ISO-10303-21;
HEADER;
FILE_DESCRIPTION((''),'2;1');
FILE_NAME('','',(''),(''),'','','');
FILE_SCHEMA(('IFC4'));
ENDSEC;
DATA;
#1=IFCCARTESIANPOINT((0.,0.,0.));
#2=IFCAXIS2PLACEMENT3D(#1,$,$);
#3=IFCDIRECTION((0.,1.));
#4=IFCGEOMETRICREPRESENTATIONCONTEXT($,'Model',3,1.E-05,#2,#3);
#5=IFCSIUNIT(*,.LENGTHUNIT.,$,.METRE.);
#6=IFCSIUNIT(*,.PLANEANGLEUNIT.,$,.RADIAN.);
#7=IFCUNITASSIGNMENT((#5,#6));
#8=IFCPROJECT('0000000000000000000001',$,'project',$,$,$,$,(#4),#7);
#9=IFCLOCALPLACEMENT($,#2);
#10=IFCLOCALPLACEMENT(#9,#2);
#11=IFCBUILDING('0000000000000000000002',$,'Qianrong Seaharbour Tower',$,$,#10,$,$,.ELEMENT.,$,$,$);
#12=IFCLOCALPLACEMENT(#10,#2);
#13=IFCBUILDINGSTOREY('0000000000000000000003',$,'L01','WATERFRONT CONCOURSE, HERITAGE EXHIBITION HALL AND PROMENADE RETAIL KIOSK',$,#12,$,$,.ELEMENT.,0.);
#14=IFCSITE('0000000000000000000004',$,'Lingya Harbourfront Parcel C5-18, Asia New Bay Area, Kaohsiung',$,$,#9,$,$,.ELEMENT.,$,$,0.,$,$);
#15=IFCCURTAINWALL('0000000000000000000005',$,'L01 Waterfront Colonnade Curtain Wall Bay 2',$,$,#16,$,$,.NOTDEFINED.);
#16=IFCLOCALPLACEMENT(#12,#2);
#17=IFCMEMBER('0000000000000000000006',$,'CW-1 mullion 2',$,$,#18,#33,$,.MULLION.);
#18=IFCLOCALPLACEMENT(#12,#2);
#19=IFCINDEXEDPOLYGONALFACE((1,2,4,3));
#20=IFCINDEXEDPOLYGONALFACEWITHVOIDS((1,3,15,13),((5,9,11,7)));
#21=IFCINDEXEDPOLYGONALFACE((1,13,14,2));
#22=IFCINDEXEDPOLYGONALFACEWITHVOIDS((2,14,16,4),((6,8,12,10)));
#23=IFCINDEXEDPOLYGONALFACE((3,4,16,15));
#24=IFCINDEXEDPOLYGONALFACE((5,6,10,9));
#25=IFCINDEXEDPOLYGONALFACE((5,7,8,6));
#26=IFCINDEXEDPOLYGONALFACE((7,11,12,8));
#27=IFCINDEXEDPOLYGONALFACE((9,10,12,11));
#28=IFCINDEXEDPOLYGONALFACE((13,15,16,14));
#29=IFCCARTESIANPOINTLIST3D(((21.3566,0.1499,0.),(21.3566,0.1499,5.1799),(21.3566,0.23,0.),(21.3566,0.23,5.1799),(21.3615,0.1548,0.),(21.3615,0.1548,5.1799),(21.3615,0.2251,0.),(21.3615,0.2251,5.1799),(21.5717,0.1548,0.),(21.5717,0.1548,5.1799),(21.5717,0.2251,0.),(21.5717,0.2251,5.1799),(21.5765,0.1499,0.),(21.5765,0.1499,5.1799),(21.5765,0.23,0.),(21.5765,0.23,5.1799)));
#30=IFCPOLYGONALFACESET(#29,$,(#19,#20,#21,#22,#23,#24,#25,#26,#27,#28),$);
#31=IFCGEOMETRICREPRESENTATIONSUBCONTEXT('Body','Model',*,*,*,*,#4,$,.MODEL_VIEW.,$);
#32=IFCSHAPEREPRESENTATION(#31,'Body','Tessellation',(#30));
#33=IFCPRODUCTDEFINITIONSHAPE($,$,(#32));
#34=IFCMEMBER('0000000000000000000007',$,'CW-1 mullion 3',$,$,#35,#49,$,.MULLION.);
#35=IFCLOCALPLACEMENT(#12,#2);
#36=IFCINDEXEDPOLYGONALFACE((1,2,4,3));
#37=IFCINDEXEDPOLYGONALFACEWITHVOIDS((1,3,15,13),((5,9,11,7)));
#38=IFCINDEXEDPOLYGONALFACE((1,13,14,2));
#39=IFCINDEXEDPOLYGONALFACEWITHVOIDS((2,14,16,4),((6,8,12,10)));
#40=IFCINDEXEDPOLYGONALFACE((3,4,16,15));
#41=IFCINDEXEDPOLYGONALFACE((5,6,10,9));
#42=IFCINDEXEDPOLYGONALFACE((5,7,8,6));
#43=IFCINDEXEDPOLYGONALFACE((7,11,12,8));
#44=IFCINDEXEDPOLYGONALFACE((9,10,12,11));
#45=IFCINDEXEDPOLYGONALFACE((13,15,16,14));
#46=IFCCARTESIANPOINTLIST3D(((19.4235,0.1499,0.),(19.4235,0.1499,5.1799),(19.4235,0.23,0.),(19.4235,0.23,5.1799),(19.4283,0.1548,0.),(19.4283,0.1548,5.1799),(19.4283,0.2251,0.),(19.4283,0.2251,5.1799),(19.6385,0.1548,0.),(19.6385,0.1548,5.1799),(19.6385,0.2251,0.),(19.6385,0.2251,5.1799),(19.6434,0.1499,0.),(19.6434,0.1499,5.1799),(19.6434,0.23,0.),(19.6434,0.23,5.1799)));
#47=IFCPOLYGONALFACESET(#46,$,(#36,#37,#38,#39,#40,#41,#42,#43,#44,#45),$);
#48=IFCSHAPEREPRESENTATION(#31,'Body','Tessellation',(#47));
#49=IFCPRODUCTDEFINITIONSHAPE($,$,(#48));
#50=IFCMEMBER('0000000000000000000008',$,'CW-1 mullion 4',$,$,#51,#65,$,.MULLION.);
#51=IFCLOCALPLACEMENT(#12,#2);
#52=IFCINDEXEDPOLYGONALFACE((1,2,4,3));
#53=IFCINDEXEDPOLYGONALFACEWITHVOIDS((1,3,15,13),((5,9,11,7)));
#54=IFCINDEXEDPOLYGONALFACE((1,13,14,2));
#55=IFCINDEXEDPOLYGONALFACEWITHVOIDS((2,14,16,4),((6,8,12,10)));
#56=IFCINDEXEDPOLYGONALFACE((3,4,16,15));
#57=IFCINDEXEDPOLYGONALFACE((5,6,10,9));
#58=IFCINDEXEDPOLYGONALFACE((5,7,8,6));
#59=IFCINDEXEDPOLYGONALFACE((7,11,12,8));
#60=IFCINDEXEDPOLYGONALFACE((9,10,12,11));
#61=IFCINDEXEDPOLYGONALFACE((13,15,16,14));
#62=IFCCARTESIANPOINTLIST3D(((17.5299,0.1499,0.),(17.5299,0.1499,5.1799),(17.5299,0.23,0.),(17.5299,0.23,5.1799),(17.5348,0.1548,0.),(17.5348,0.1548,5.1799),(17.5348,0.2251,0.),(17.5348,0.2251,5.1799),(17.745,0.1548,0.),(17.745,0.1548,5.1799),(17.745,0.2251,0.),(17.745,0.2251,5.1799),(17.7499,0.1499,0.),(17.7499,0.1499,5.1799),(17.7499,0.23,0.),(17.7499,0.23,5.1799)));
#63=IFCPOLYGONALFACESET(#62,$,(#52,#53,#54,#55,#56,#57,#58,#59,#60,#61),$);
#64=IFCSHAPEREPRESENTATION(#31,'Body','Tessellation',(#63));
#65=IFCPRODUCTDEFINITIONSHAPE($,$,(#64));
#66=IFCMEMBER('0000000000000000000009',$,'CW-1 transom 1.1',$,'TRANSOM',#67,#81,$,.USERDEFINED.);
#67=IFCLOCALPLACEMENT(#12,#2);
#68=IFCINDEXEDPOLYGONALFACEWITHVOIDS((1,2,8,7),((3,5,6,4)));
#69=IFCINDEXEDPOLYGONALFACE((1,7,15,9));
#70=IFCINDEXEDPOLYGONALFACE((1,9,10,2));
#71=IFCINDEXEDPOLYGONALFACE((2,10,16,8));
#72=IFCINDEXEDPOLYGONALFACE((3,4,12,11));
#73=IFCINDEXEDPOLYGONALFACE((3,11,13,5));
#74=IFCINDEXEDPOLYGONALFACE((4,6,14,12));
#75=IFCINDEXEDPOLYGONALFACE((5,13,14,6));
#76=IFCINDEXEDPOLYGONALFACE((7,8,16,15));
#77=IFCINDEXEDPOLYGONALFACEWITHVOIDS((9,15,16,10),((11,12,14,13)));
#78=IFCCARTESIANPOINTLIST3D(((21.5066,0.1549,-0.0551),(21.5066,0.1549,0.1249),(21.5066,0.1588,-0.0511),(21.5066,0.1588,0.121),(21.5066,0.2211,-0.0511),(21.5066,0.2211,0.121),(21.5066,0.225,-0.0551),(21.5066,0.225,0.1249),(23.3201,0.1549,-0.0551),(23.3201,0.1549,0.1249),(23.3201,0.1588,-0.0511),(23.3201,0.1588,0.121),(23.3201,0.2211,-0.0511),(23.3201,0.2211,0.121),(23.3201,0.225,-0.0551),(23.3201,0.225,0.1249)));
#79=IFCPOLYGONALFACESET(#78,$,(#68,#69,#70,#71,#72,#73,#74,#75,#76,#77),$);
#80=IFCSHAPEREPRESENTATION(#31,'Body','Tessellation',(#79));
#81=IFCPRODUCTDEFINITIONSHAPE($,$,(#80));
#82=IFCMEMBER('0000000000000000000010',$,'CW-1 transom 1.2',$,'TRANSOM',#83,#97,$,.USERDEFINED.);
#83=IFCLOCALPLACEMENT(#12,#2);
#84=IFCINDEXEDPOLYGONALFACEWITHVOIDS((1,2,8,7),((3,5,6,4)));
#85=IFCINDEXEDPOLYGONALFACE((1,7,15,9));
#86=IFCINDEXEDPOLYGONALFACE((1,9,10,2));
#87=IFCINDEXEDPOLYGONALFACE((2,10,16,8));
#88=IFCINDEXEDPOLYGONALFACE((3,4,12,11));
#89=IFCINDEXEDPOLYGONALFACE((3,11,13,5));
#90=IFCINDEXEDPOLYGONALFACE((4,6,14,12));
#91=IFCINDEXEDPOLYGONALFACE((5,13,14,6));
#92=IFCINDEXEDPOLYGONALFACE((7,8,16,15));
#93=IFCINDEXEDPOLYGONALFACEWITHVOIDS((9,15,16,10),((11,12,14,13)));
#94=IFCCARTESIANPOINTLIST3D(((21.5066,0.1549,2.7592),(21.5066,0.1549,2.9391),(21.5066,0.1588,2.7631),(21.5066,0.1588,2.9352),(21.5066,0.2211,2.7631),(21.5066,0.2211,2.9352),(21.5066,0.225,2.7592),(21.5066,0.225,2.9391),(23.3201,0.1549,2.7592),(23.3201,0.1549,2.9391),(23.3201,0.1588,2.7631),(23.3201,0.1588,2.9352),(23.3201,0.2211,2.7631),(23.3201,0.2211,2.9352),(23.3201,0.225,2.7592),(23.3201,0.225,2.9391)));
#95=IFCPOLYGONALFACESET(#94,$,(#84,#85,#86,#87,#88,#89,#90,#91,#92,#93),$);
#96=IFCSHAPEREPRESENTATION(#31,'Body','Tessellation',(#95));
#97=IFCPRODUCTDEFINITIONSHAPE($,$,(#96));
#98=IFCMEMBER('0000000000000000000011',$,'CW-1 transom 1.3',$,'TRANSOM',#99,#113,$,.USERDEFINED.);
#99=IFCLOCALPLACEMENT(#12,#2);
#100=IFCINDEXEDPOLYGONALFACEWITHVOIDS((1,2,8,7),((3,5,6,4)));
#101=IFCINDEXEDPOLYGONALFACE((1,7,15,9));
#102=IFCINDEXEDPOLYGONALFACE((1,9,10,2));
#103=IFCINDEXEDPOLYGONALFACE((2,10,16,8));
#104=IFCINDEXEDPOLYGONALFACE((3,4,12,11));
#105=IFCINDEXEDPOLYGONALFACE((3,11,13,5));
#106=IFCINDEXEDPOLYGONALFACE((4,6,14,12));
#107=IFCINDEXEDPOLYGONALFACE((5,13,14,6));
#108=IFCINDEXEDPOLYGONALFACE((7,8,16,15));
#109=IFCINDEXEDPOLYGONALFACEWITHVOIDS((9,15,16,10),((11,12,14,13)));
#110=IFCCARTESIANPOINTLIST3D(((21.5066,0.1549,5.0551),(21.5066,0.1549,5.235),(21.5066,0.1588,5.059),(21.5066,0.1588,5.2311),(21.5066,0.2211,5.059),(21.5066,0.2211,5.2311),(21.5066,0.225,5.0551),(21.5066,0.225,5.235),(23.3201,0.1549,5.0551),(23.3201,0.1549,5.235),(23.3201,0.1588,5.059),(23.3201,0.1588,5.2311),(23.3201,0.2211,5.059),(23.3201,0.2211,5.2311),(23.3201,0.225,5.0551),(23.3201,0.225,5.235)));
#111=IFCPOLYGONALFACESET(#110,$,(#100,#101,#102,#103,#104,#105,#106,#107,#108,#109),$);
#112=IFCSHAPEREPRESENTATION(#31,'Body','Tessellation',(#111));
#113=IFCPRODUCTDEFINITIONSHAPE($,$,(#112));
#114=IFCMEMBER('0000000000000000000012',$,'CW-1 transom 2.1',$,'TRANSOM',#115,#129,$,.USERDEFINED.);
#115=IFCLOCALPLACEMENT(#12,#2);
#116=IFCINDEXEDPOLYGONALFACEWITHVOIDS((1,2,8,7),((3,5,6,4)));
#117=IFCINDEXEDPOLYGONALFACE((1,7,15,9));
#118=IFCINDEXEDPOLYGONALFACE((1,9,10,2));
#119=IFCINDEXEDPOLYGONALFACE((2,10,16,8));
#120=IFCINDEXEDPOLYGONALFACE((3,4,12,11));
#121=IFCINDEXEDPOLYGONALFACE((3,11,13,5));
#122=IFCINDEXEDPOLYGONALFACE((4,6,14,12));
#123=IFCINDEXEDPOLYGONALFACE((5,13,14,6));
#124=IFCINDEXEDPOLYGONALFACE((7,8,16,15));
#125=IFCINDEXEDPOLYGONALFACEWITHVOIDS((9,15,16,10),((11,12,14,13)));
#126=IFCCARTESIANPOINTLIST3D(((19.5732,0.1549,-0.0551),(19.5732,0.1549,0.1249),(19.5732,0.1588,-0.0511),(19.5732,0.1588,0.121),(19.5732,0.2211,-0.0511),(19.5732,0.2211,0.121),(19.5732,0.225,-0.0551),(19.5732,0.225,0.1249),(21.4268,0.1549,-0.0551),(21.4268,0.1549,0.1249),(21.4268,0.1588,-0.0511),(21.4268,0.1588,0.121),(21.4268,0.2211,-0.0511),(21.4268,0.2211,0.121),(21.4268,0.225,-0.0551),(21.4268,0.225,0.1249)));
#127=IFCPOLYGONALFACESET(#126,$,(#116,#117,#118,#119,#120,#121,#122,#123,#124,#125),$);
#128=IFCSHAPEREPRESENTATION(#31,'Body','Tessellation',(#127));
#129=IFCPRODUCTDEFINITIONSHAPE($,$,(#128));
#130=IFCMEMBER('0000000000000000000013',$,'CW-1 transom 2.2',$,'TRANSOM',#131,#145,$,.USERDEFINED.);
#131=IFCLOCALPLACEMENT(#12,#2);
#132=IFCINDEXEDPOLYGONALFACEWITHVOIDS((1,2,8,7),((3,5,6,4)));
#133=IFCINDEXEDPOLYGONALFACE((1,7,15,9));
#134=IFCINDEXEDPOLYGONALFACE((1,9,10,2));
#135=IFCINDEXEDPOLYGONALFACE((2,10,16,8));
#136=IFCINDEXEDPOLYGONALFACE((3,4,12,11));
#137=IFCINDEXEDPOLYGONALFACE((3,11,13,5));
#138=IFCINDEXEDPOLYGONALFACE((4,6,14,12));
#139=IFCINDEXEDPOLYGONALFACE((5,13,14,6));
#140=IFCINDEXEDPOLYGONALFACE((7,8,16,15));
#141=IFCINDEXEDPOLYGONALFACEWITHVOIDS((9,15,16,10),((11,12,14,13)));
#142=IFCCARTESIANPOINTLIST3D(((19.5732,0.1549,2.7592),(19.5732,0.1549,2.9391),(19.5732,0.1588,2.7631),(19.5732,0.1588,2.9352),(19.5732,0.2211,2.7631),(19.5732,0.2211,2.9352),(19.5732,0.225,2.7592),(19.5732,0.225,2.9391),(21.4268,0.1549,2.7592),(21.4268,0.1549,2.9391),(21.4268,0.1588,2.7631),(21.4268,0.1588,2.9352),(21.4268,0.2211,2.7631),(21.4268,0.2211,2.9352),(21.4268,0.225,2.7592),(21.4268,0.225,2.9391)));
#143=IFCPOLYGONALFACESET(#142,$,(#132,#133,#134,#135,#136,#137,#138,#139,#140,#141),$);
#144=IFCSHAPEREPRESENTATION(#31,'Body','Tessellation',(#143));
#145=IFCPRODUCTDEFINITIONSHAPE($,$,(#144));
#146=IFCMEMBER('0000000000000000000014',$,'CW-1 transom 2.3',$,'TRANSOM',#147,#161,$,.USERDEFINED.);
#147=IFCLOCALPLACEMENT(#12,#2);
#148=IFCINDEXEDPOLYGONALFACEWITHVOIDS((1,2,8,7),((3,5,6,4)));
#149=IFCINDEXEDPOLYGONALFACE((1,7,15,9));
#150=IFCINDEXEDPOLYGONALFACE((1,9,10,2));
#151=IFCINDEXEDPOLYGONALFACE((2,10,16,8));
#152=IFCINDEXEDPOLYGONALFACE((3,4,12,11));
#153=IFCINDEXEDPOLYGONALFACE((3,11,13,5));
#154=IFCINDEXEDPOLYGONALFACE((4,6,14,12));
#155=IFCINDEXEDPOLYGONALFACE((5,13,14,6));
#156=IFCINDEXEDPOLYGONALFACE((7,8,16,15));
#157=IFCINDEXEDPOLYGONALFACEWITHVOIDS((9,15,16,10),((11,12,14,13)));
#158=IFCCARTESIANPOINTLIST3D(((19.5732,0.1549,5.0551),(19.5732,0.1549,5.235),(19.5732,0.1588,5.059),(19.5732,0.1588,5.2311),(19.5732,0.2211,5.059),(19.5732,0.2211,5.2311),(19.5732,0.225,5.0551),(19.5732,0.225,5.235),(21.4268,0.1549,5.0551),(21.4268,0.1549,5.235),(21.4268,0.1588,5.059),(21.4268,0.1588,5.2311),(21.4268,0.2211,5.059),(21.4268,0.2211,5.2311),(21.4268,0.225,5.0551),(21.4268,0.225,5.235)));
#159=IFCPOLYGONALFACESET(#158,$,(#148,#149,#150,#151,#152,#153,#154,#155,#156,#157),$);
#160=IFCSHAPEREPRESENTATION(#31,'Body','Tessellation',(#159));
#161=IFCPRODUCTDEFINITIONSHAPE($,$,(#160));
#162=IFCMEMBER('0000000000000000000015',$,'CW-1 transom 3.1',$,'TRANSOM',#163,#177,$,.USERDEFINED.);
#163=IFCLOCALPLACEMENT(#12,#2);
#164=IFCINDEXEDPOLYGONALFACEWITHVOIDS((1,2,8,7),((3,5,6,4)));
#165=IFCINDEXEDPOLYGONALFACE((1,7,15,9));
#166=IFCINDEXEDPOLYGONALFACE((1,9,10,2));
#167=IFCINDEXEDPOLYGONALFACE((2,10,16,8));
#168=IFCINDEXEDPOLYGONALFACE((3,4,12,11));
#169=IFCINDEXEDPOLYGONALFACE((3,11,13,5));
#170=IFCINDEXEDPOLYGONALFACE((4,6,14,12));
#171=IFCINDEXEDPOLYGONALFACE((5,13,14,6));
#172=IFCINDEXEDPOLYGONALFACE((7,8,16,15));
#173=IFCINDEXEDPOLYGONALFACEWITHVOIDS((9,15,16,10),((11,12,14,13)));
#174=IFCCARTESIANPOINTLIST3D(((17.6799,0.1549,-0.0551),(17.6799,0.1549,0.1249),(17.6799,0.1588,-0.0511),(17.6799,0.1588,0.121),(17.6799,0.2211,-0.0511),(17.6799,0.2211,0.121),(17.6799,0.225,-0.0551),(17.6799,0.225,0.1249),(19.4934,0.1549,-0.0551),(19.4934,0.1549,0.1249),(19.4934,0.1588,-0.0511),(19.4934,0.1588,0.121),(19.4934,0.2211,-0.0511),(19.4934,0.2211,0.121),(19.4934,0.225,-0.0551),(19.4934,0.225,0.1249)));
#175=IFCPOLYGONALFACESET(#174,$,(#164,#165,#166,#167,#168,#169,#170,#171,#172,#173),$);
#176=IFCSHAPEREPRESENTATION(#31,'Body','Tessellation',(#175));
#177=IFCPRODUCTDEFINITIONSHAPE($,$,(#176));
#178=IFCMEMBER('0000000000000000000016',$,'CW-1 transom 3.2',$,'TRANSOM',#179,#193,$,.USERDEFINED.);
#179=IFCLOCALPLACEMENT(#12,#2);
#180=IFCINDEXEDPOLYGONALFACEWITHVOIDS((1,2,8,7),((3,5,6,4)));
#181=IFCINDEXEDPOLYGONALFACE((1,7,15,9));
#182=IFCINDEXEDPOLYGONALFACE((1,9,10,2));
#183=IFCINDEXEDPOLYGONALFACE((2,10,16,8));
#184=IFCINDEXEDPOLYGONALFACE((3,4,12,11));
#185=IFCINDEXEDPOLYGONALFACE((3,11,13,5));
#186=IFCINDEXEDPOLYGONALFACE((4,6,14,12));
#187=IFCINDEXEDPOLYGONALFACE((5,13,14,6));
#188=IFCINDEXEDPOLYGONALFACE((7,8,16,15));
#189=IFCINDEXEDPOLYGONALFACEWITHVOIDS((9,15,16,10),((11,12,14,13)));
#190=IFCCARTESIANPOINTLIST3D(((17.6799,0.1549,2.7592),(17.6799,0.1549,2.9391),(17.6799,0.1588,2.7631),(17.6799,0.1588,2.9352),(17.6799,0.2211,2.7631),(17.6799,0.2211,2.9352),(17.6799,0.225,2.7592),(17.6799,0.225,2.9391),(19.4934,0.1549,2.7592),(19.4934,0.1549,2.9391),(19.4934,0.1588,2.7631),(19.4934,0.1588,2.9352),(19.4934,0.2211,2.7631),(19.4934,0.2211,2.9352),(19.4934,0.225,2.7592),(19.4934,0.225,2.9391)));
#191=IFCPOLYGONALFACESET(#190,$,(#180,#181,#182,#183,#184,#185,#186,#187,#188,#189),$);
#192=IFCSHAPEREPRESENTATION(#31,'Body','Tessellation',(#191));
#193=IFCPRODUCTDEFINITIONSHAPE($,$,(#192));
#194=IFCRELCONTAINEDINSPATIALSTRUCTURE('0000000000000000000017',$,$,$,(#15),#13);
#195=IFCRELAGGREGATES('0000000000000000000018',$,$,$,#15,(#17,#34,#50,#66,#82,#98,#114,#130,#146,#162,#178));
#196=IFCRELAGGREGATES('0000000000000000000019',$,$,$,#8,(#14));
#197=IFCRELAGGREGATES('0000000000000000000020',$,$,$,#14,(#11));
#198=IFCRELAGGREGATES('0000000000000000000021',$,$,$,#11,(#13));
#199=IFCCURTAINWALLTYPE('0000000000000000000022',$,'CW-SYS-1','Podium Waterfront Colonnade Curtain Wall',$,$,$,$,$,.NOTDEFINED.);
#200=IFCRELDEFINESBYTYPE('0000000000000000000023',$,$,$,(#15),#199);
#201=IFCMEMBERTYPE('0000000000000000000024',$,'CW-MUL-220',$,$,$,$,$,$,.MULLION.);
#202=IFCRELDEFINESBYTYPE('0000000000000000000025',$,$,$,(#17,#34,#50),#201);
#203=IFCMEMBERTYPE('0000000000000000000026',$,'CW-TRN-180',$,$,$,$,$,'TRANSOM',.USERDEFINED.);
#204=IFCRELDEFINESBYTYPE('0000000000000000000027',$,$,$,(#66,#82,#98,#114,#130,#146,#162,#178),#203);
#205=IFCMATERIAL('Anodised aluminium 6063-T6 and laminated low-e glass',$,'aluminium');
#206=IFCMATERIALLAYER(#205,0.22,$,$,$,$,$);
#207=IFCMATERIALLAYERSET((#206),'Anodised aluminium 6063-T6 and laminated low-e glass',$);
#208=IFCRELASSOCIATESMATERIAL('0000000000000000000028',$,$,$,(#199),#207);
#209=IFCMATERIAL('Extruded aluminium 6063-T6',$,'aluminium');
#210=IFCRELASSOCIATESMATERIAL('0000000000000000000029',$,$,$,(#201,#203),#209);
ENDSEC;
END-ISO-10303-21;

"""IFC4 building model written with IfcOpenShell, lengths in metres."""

from ifc_helpers import new_model, si_unit, direction, frame, origin, origin_2d, place, context, subcontext, project, spatial, hollow_rectangle, extrude, material, layer, layer_set, material_profile, profile_set, type_object, element, aggregate, save


model = new_model("IFC4")

# Units and contexts
model_context = context("Model", 3, precision=1e-05, world=origin(), true_north=direction((0.0, 1.0)))
body_context = subcontext(model_context, "Body", "Model", "MODEL_VIEW")
ifc_project = project(units=[si_unit("LENGTHUNIT", "METRE"), si_unit("PLANEANGLEUNIT", "RADIAN")], contexts=[model_context])

# Site, building, storey
site_placement = place(None, origin())
site = spatial("IfcSite", under=ifc_project, at=site_placement, Name="Lingya Harbourfront Parcel C5-18, Asia New Bay Area, Kaohsiung", CompositionType="ELEMENT", RefElevation=0.0)
building_placement = place(site_placement, origin())
building = spatial("IfcBuilding", under=site, at=building_placement, Name="Qianrong Seaharbour Tower", CompositionType="ELEMENT")
storey_placement = place(building_placement, origin())
storey = spatial("IfcBuildingStorey", under=building, at=storey_placement, Name="L01", Description="WATERFRONT CONCOURSE, HERITAGE EXHIBITION HALL AND PROMENADE RETAIL KIOSK", CompositionType="ELEMENT", Elevation=0.0)

# Curtain wall, members
ifc_material_1 = material(Name="Anodised aluminium 6063-T6 and laminated low-e glass", Category="aluminium")
ifc_layer_1 = layer(ifc_material_1, 0.22)
ifc_layer_set_1 = layer_set([ifc_layer_1], Name="Anodised aluminium 6063-T6 and laminated low-e glass")
curtain_wall_type = type_object("IfcCurtainWallType", Name="CW-SYS-1", Description="Podium Waterfront Colonnade Curtain Wall", PredefinedType="NOTDEFINED", material=ifc_layer_set_1)
curtain_wall_placement = place(storey_placement, origin())
curtain_wall = element("IfcCurtainWall", 1, at=curtain_wall_placement, inside=storey, type_object=curtain_wall_type, Name="L01 Waterfront Colonnade Curtain Wall Bay 2", PredefinedType="NOTDEFINED")
ifc_material_2 = material(Name="Extruded aluminium 6063-T6", Category="aluminium")
ifc_material_profile_1 = material_profile(ifc_material_2, hollow_rectangle(XDim=0.0801, YDim=0.22, WallThickness=0.0049, at=origin_2d()), Name="ALU-MUL-220x80x5")
ifc_profile_set_1 = profile_set([ifc_material_profile_1], Name="Extruded aluminium 6063-T6")
member_type_1 = type_object("IfcMemberType", Name="CW-MUL-220", PredefinedType="MULLION", material=ifc_profile_set_1)
member_1_placement = place(storey_placement, frame((21.4666, 0.1899, 0.0), z_axis=(0.0, 0.0, 1.0), x_axis=(0.0, -1.0, 0.0)))
member_1 = element("IfcMember", 2, at=member_1_placement, type_object=member_type_1, Name="CW-1 mullion 2", PredefinedType="MULLION", context=body_context, shape_type="SweptSolid", body=[
    extrude(hollow_rectangle(XDim=0.0801, YDim=0.22, WallThickness=0.0049, at=origin_2d()), origin(), (0.0, 0.0, 1.0), 5.1799),
])
member_2_placement = place(storey_placement, frame((19.5334, 0.1899, 0.0), z_axis=(0.0, 0.0, 1.0), x_axis=(0.0, -1.0, 0.0)))
member_2 = element("IfcMember", 3, at=member_2_placement, type_object=member_type_1, Name="CW-1 mullion 3", PredefinedType="MULLION", context=body_context, shape_type="SweptSolid", body=[
    extrude(hollow_rectangle(XDim=0.0801, YDim=0.22, WallThickness=0.0049, at=origin_2d()), origin(), (0.0, 0.0, 1.0), 5.1799),
])
member_3_placement = place(storey_placement, frame((17.6399, 0.1899, 0.0), z_axis=(0.0, 0.0, 1.0), x_axis=(0.0, -1.0, 0.0)))
member_3 = element("IfcMember", 4, at=member_3_placement, type_object=member_type_1, Name="CW-1 mullion 4", PredefinedType="MULLION", context=body_context, shape_type="SweptSolid", body=[
    extrude(hollow_rectangle(XDim=0.0801, YDim=0.22, WallThickness=0.0049, at=origin_2d()), origin(), (0.0, 0.0, 1.0), 5.1799),
])
ifc_material_profile_2 = material_profile(ifc_material_2, hollow_rectangle(XDim=0.0701, YDim=0.1799, WallThickness=0.0039, at=origin_2d()), Name="ALU-TRN-180x70x4")
ifc_profile_set_2 = profile_set([ifc_material_profile_2], Name="Extruded aluminium 6063-T6")
member_type_2 = type_object("IfcMemberType", Name="CW-TRN-180", ElementType="TRANSOM", PredefinedType="USERDEFINED", material=ifc_profile_set_2)
member_4_placement = place(storey_placement, frame((23.3201, 0.1899, 0.0349), z_axis=(-1.0, 0.0, 0.0), x_axis=(0.0, -1.0, 0.0)))
member_4 = element("IfcMember", 5, at=member_4_placement, type_object=member_type_2, Name="CW-1 transom 1.1", ObjectType="TRANSOM", PredefinedType="USERDEFINED", context=body_context, shape_type="SweptSolid", body=[
    extrude(hollow_rectangle(XDim=0.0701, YDim=0.1799, WallThickness=0.0039, at=origin_2d()), origin(), (0.0, 0.0, 1.0), 1.8135),
])
member_5_placement = place(storey_placement, frame((23.3201, 0.1899, 2.8491), z_axis=(-1.0, 0.0, 0.0), x_axis=(0.0, -1.0, 0.0)))
member_5 = element("IfcMember", 6, at=member_5_placement, type_object=member_type_2, Name="CW-1 transom 1.2", ObjectType="TRANSOM", PredefinedType="USERDEFINED", context=body_context, shape_type="SweptSolid", body=[
    extrude(hollow_rectangle(XDim=0.0701, YDim=0.1799, WallThickness=0.0039, at=origin_2d()), origin(), (0.0, 0.0, 1.0), 1.8135),
])
member_6_placement = place(storey_placement, frame((23.3201, 0.1899, 5.145), z_axis=(-1.0, 0.0, 0.0), x_axis=(0.0, -1.0, 0.0)))
member_6 = element("IfcMember", 7, at=member_6_placement, type_object=member_type_2, Name="CW-1 transom 1.3", ObjectType="TRANSOM", PredefinedType="USERDEFINED", context=body_context, shape_type="SweptSolid", body=[
    extrude(hollow_rectangle(XDim=0.0701, YDim=0.1799, WallThickness=0.0039, at=origin_2d()), origin(), (0.0, 0.0, 1.0), 1.8135),
])
member_7_placement = place(storey_placement, frame((21.4268, 0.1899, 0.0349), z_axis=(-1.0, 0.0, 0.0), x_axis=(0.0, -1.0, 0.0)))
member_7 = element("IfcMember", 8, at=member_7_placement, type_object=member_type_2, Name="CW-1 transom 2.1", ObjectType="TRANSOM", PredefinedType="USERDEFINED", context=body_context, shape_type="SweptSolid", body=[
    extrude(hollow_rectangle(XDim=0.0701, YDim=0.1799, WallThickness=0.0039, at=origin_2d()), origin(), (0.0, 0.0, 1.0), 1.8535),
])
member_8_placement = place(storey_placement, frame((21.4268, 0.1899, 2.8491), z_axis=(-1.0, 0.0, 0.0), x_axis=(0.0, -1.0, 0.0)))
member_8 = element("IfcMember", 9, at=member_8_placement, type_object=member_type_2, Name="CW-1 transom 2.2", ObjectType="TRANSOM", PredefinedType="USERDEFINED", context=body_context, shape_type="SweptSolid", body=[
    extrude(hollow_rectangle(XDim=0.0701, YDim=0.1799, WallThickness=0.0039, at=origin_2d()), origin(), (0.0, 0.0, 1.0), 1.8535),
])
member_9_placement = place(storey_placement, frame((21.4268, 0.1899, 5.145), z_axis=(-1.0, 0.0, 0.0), x_axis=(0.0, -1.0, 0.0)))
member_9 = element("IfcMember", 10, at=member_9_placement, type_object=member_type_2, Name="CW-1 transom 2.3", ObjectType="TRANSOM", PredefinedType="USERDEFINED", context=body_context, shape_type="SweptSolid", body=[
    extrude(hollow_rectangle(XDim=0.0701, YDim=0.1799, WallThickness=0.0039, at=origin_2d()), origin(), (0.0, 0.0, 1.0), 1.8535),
])
member_10_placement = place(storey_placement, frame((19.4934, 0.1899, 0.0349), z_axis=(-1.0, 0.0, 0.0), x_axis=(0.0, -1.0, 0.0)))
member_10 = element("IfcMember", 11, at=member_10_placement, type_object=member_type_2, Name="CW-1 transom 3.1", ObjectType="TRANSOM", PredefinedType="USERDEFINED", context=body_context, shape_type="SweptSolid", body=[
    extrude(hollow_rectangle(XDim=0.0701, YDim=0.1799, WallThickness=0.0039, at=origin_2d()), origin(), (0.0, 0.0, 1.0), 1.8135),
])
member_11_placement = place(storey_placement, frame((19.4934, 0.1899, 2.8491), z_axis=(-1.0, 0.0, 0.0), x_axis=(0.0, -1.0, 0.0)))
member_11 = element("IfcMember", 12, at=member_11_placement, type_object=member_type_2, Name="CW-1 transom 3.2", ObjectType="TRANSOM", PredefinedType="USERDEFINED", context=body_context, shape_type="SweptSolid", body=[
    extrude(hollow_rectangle(XDim=0.0701, YDim=0.1799, WallThickness=0.0039, at=origin_2d()), origin(), (0.0, 0.0, 1.0), 1.8135),
])

aggregate(curtain_wall, [member_1, member_2, member_3, member_4, member_5, member_6, member_7, member_8, member_9, member_10, member_11])

save(model, "model.ifc")
